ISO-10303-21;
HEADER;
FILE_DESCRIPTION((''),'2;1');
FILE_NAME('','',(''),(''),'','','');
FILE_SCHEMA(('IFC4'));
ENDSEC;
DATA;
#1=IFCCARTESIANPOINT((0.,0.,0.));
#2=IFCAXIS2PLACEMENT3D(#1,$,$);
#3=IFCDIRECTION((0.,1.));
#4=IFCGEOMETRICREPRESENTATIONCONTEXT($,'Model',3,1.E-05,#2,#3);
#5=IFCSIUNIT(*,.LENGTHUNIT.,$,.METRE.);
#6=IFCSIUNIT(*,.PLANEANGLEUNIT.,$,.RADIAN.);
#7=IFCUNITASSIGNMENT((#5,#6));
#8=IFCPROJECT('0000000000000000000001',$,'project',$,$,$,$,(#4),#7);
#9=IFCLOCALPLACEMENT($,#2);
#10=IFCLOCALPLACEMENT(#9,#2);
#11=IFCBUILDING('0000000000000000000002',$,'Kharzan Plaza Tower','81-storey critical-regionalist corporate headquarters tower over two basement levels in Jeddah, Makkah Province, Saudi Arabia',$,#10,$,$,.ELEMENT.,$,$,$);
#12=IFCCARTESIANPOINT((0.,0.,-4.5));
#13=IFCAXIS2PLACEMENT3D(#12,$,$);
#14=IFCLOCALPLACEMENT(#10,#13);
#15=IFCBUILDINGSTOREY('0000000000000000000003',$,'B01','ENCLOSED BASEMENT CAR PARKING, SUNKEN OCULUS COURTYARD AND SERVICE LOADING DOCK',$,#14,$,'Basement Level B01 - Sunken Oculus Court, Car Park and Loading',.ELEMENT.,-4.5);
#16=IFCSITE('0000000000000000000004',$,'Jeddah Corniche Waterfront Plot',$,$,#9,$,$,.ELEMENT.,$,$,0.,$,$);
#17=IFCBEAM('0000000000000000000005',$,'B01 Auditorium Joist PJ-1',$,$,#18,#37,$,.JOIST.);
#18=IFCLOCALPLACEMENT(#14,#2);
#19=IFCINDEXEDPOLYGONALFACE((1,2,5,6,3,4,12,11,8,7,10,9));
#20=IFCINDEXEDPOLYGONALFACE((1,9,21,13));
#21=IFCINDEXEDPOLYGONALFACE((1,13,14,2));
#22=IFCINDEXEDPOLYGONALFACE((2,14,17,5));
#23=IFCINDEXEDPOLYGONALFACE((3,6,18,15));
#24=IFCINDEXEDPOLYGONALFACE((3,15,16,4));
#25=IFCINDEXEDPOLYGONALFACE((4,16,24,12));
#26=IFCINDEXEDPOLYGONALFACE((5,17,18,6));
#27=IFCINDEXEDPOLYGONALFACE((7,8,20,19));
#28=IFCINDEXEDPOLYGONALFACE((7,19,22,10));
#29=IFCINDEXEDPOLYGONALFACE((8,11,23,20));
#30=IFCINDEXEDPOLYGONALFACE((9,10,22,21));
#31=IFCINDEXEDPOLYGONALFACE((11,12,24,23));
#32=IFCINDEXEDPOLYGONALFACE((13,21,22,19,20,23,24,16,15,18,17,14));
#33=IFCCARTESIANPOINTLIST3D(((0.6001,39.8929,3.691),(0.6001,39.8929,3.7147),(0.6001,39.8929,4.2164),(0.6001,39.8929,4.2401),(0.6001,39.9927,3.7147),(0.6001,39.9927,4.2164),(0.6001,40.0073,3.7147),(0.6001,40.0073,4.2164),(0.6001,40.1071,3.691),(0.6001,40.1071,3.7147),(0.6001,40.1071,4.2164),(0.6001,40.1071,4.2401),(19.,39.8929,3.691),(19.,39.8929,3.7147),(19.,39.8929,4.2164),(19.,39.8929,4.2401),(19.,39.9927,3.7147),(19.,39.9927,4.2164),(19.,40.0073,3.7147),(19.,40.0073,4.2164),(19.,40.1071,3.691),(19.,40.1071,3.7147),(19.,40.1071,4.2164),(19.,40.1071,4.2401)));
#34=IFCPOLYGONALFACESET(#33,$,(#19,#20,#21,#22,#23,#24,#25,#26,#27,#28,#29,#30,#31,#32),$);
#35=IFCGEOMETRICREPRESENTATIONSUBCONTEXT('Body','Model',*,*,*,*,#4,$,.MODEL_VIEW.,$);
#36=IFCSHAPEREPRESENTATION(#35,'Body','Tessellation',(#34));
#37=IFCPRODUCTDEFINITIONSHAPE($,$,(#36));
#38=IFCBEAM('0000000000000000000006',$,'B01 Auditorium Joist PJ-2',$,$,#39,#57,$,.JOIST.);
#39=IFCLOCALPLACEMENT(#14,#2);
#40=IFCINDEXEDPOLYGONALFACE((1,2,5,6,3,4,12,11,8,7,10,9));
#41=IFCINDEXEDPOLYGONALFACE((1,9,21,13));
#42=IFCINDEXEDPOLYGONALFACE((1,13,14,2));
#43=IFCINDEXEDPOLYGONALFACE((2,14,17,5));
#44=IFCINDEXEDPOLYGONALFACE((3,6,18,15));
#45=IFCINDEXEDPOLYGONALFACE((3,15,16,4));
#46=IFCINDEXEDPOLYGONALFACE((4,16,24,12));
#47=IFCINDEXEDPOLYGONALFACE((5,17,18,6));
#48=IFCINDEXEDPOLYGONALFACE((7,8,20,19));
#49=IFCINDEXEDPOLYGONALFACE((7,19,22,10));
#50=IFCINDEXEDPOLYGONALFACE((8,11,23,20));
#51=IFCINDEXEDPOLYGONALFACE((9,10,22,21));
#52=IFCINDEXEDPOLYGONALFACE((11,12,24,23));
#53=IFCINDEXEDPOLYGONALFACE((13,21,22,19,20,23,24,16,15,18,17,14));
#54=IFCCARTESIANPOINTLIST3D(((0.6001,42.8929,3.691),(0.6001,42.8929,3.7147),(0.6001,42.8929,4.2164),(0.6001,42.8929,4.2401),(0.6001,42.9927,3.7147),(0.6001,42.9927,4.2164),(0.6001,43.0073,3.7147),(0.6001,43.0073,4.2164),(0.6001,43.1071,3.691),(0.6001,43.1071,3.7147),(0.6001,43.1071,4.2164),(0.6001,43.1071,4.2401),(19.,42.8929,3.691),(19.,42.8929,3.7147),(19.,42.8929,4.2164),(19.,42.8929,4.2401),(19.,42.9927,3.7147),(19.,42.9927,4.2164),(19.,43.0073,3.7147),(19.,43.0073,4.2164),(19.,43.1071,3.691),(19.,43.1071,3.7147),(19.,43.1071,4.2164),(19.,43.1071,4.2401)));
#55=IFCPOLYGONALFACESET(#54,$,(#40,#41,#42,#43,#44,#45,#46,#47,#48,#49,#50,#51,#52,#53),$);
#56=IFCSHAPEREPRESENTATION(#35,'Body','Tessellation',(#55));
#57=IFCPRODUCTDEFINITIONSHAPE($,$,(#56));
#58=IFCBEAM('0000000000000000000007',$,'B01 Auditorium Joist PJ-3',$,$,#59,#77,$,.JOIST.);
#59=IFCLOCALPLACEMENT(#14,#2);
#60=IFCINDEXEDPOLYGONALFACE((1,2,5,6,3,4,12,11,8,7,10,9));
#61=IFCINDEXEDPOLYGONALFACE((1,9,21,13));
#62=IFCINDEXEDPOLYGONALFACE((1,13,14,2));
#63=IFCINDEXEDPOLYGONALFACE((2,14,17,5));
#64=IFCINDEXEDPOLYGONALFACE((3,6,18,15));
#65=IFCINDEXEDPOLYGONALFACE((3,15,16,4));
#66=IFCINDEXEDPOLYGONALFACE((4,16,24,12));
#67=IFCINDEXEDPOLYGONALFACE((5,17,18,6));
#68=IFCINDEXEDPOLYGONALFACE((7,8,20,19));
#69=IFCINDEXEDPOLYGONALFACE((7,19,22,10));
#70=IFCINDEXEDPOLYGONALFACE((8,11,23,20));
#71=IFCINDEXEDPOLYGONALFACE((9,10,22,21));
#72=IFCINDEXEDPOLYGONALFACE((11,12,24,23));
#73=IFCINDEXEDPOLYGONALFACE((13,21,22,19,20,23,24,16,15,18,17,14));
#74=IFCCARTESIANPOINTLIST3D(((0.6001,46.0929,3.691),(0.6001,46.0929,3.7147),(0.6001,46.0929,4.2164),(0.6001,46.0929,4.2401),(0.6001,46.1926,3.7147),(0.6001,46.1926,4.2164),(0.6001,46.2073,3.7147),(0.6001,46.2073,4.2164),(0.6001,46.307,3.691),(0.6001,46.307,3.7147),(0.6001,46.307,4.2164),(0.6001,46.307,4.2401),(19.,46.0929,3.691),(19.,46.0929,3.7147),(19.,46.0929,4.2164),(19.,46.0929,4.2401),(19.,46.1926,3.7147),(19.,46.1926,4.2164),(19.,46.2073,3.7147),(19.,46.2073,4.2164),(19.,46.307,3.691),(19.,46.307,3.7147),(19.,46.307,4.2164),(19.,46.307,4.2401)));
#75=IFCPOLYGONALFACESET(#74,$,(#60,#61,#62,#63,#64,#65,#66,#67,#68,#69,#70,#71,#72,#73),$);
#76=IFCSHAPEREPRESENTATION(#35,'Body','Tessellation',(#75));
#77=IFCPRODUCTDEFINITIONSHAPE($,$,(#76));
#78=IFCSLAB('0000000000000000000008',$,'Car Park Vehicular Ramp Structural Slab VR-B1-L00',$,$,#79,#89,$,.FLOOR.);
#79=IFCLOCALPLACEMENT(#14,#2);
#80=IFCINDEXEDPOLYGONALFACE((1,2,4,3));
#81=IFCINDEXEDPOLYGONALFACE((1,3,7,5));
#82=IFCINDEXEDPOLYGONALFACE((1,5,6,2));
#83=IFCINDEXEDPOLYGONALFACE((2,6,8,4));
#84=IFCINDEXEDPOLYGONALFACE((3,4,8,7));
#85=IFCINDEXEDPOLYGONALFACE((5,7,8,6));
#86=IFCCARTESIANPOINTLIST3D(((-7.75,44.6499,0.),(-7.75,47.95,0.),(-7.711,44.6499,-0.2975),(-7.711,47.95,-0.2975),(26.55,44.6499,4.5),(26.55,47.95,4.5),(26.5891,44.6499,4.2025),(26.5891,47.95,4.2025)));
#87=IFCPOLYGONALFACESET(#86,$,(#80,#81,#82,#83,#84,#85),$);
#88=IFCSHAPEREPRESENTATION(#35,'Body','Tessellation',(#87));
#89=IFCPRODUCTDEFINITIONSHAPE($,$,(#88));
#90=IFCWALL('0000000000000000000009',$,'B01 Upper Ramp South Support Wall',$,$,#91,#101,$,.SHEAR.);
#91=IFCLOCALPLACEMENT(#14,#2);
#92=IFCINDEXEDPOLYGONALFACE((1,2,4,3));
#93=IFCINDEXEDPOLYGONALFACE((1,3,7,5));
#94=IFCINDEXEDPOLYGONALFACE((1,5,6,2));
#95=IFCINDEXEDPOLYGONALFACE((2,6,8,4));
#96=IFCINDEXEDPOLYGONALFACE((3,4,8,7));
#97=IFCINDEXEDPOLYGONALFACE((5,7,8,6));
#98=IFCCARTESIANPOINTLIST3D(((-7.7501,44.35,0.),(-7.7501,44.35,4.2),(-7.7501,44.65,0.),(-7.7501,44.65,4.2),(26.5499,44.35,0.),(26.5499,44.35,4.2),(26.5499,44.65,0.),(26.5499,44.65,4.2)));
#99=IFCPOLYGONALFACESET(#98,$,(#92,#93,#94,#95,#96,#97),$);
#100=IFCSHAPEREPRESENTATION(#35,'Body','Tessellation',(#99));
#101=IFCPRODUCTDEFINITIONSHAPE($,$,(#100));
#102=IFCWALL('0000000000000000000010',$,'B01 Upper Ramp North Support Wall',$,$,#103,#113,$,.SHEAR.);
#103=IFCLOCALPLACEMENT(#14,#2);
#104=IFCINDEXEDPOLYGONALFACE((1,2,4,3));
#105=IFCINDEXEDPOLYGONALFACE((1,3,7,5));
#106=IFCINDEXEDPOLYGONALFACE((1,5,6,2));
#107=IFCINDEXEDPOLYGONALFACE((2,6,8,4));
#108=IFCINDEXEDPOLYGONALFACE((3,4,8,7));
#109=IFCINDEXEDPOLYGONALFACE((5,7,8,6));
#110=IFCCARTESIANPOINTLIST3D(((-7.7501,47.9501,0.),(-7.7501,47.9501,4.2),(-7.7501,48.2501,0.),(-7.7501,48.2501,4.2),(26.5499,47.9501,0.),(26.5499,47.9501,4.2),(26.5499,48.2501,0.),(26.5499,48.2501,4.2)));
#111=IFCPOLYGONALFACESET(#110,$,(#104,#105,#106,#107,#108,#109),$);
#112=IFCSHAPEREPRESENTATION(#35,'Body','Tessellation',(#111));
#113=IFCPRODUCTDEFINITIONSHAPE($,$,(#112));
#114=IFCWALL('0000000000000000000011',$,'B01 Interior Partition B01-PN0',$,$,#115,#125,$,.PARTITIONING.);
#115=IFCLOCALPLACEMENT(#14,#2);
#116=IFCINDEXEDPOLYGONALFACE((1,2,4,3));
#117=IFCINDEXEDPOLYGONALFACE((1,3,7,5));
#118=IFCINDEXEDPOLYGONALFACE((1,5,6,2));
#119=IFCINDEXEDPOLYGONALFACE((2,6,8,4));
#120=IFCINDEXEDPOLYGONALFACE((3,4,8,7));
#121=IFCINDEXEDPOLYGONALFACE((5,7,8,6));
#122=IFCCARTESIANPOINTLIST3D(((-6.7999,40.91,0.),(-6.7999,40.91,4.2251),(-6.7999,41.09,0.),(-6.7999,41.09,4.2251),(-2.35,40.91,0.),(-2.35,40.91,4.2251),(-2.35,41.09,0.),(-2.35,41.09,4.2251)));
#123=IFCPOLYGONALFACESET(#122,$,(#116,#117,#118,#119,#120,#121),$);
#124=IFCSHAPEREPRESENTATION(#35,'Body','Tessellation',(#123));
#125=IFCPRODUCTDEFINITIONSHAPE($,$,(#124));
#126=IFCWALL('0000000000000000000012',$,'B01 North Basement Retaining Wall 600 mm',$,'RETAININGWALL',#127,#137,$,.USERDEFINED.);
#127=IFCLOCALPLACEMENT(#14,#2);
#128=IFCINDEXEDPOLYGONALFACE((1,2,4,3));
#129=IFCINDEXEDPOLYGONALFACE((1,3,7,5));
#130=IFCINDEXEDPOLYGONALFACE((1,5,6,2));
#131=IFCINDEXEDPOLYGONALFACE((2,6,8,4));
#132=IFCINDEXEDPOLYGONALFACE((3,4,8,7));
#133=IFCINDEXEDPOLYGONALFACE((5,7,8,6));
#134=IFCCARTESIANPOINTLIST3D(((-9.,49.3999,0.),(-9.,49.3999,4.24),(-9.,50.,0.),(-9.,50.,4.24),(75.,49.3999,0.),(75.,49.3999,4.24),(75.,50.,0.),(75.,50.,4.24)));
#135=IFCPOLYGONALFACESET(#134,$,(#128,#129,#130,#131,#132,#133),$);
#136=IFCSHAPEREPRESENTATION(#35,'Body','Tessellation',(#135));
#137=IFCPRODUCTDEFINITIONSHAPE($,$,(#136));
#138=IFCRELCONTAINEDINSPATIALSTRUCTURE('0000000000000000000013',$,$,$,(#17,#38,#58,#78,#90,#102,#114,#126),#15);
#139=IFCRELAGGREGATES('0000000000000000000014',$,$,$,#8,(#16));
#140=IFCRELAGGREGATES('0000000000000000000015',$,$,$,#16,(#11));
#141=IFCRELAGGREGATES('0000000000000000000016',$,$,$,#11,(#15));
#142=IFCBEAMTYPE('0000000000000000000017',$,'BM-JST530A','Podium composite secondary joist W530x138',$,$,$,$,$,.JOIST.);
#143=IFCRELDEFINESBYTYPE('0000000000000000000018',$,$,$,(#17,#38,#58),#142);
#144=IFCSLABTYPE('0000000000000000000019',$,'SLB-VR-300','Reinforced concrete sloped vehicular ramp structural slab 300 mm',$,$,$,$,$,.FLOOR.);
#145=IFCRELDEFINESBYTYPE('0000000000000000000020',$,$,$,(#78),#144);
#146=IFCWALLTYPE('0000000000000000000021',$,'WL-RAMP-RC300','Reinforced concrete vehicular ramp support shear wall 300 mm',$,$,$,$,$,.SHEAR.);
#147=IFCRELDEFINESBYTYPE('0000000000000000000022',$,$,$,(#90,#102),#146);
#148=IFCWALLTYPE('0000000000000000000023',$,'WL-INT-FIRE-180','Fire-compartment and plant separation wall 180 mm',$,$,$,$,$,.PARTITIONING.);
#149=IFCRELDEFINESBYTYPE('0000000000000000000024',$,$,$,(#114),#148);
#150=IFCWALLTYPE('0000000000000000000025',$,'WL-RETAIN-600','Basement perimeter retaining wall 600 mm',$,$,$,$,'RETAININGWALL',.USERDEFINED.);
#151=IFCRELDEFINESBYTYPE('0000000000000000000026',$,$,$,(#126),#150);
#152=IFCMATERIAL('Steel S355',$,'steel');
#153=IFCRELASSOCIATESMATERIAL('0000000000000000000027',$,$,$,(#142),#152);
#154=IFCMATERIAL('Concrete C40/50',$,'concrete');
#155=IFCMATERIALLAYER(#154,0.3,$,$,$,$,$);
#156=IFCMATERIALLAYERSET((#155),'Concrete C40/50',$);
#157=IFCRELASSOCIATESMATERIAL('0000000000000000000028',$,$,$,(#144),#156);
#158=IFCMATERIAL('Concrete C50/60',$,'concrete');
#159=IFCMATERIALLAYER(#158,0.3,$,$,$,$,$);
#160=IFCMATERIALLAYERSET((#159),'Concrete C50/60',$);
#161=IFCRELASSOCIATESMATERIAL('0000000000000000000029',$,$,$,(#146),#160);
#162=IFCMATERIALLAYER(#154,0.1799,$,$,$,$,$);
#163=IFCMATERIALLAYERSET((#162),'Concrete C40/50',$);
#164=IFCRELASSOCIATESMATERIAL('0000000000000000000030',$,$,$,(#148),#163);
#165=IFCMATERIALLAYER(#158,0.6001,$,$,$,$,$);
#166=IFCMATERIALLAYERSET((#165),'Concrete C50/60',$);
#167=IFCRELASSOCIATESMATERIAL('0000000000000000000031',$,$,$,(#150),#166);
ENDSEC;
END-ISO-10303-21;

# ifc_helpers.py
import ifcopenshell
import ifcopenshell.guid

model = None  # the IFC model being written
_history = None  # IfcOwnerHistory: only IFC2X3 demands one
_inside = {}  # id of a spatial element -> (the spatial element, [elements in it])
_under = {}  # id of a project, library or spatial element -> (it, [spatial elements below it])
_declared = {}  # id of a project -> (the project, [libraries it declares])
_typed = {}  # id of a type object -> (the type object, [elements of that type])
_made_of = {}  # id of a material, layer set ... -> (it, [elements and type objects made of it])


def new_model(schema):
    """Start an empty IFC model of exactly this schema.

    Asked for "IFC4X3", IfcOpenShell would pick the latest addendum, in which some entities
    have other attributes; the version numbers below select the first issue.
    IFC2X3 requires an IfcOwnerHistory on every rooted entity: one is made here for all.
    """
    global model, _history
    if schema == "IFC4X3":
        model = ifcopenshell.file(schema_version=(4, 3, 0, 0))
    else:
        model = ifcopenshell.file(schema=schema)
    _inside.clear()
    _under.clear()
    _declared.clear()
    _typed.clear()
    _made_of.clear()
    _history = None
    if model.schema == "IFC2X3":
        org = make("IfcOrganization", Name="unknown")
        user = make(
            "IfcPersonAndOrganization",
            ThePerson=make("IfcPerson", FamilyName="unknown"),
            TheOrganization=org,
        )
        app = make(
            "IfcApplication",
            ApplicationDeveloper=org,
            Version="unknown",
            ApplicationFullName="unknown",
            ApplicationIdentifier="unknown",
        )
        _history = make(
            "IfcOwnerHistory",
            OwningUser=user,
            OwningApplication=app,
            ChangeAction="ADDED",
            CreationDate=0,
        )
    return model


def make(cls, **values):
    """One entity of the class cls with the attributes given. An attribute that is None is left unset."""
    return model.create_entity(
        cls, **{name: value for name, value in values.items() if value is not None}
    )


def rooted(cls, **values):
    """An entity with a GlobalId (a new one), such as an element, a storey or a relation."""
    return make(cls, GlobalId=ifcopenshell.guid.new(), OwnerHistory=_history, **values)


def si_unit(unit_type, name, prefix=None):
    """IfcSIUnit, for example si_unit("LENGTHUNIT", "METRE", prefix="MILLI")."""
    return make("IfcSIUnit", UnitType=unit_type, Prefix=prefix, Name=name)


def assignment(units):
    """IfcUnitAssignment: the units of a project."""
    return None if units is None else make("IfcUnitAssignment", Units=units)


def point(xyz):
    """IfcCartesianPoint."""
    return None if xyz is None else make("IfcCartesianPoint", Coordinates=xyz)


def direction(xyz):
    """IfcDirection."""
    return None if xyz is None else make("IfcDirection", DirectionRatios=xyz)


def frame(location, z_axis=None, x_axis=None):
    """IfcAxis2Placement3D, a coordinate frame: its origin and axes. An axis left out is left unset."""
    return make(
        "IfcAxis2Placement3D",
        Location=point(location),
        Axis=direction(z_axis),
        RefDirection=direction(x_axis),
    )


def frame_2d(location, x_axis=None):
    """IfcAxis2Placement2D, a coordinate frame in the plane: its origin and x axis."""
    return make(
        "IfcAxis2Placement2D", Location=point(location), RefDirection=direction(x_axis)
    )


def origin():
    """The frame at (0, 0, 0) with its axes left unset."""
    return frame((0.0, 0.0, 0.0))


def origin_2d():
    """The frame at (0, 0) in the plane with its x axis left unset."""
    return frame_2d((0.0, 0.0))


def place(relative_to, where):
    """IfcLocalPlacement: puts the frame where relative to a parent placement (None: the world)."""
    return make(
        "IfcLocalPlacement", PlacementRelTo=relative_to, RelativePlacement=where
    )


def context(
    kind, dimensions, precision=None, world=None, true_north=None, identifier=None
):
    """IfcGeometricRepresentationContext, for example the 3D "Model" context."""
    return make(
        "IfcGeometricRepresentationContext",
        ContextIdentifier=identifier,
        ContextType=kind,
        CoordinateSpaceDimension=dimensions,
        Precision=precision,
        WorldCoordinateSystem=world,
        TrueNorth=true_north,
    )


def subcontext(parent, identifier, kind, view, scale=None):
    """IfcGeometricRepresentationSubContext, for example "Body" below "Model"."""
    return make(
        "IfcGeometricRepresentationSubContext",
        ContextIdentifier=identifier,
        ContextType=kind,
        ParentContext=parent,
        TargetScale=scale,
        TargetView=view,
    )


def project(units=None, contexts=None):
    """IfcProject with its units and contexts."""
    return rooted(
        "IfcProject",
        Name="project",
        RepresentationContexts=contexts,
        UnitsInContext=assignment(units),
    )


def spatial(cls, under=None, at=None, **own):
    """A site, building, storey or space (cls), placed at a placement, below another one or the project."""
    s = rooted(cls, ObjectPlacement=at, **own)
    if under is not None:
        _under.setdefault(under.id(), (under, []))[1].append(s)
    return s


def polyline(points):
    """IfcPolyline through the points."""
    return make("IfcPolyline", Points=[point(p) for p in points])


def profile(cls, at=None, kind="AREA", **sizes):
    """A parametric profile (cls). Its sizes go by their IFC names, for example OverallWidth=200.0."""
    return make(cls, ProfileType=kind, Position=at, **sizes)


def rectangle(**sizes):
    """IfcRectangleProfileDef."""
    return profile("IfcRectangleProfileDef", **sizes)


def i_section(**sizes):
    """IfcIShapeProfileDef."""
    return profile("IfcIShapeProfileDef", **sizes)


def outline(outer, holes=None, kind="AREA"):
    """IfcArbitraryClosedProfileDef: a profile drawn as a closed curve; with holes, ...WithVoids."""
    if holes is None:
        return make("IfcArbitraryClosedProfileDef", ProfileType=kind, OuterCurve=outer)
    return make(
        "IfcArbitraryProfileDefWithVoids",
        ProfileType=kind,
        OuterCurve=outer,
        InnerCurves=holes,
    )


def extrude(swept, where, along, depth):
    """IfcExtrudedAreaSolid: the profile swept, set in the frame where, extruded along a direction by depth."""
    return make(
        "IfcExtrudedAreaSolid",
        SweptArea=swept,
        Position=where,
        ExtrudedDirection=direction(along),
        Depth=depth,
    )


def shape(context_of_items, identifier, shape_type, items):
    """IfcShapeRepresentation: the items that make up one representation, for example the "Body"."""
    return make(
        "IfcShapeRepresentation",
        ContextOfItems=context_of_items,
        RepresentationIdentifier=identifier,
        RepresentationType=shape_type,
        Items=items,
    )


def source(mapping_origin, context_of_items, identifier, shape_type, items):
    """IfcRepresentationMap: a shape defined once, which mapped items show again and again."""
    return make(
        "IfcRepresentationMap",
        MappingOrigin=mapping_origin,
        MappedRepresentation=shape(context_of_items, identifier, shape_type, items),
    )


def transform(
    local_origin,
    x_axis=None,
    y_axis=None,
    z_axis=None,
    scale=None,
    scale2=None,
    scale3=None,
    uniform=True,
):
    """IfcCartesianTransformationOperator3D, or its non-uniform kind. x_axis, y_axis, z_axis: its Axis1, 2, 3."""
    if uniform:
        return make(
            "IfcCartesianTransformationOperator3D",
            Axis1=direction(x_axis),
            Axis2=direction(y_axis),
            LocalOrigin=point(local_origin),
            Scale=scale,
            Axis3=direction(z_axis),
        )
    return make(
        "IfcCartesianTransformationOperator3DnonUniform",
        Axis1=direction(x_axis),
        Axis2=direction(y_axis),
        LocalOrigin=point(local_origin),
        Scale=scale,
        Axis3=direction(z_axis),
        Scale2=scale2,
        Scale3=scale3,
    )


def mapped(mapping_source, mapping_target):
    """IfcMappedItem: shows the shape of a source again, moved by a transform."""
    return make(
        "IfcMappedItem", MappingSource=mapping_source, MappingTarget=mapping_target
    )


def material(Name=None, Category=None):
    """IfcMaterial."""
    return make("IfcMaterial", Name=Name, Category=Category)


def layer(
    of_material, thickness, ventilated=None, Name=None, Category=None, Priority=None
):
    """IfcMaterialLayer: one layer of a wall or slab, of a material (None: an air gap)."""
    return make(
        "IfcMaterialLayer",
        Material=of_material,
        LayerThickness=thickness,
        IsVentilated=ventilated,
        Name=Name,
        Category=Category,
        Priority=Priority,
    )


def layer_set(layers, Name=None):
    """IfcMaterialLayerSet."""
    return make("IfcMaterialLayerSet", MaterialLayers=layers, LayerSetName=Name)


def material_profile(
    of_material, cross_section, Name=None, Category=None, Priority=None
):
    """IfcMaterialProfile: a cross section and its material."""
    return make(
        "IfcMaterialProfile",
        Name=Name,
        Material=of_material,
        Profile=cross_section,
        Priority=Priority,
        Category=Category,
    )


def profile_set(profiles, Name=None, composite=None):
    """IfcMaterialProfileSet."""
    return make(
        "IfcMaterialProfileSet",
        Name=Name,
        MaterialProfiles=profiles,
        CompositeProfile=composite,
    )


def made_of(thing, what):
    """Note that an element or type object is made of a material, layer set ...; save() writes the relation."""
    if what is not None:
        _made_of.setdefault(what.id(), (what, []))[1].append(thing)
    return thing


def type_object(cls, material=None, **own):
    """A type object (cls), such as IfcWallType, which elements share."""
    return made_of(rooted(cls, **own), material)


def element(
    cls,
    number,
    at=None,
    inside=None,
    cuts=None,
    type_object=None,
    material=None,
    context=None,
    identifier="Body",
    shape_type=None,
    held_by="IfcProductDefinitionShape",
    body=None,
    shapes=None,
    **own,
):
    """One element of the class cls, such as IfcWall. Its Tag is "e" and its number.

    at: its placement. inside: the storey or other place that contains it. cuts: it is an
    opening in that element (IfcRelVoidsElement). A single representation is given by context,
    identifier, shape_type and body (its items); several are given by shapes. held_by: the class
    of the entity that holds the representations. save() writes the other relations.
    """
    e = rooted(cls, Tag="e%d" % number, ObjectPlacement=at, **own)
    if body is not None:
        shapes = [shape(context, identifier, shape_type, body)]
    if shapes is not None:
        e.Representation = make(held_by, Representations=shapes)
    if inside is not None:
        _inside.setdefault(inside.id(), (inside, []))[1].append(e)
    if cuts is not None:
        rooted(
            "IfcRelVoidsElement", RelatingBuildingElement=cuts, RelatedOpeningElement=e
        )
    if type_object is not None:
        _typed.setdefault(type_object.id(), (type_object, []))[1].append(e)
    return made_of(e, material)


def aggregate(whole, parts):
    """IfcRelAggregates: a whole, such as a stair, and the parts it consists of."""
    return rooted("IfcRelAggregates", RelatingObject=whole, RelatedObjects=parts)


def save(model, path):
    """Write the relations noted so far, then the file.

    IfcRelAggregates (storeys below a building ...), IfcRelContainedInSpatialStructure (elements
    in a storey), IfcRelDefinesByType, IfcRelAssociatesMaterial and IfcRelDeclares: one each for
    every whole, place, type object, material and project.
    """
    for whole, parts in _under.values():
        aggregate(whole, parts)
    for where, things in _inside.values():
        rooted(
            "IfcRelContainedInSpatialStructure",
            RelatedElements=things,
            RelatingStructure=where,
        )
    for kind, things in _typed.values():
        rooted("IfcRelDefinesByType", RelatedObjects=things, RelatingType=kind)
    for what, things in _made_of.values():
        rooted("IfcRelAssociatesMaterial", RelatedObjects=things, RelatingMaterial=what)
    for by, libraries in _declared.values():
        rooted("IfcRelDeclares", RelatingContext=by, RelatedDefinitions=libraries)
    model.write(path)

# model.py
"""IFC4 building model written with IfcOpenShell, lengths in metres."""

from ifc_helpers import new_model, si_unit, direction, frame, frame_2d, origin, origin_2d, place, context, subcontext, project, spatial, polyline, rectangle, i_section, outline, extrude, source, transform, mapped, material, layer, layer_set, material_profile, profile_set, type_object, element, save


model = new_model("IFC4")

# Units and contexts
model_context = context("Model", 3, precision=1e-05, world=origin(), true_north=direction((0.0, 1.0)))
body_context = subcontext(model_context, "Body", "Model", "MODEL_VIEW")
ifc_project = project(units=[si_unit("LENGTHUNIT", "METRE"), si_unit("PLANEANGLEUNIT", "RADIAN")], contexts=[model_context])

# Site, building, storey
site_placement = place(None, origin())
site = spatial("IfcSite", under=ifc_project, at=site_placement, Name="Jeddah Corniche Waterfront Plot", CompositionType="ELEMENT", RefElevation=0.0)
building_placement = place(site_placement, origin())
building = spatial("IfcBuilding", under=site, at=building_placement, Name="Kharzan Plaza Tower", Description="81-storey critical-regionalist corporate headquarters tower over two basement levels in Jeddah, Makkah Province, Saudi Arabia", CompositionType="ELEMENT")
storey_placement = place(building_placement, frame((0.0, 0.0, -4.5)))
storey = spatial("IfcBuildingStorey", under=building, at=storey_placement, Name="B01", Description="ENCLOSED BASEMENT CAR PARKING, SUNKEN OCULUS COURTYARD AND SERVICE LOADING DOCK", LongName="Basement Level B01 - Sunken Oculus Court, Car Park and Loading", CompositionType="ELEMENT", Elevation=-4.5)

# Beams
ifc_material_1 = material(Name="Steel S355", Category="steel")
ifc_material_profile_1 = material_profile(ifc_material_1, i_section(OverallWidth=0.2141, OverallDepth=0.5491, WebThickness=0.0146, FlangeThickness=0.0237, at=origin_2d()), Name="W530x138")
ifc_profile_set_1 = profile_set([ifc_material_profile_1], Name="Steel S355")
beam_type_1 = type_object("IfcBeamType", Name="BM-JST530A", Description="Podium composite secondary joist W530x138", PredefinedType="JOIST", material=ifc_profile_set_1)
shared_shape_1 = source(origin(), body_context, "Body", "SweptSolid", [
    extrude(i_section(OverallWidth=0.2141, OverallDepth=0.5491, WebThickness=0.0146, FlangeThickness=0.0237, at=origin_2d()), origin(), (0.0, 0.0, 1.0), 18.3999),
])
for number, where, z_axis, x_axis, name in (
    (1, (0.6001, 40.0, 3.9656), (1.0, 0.0, 0.0), (0.0, 1.0, 0.0), "B01 Auditorium Joist PJ-1"),
    (2, (0.6001, 43.0, 3.9656), (1.0, 0.0, 0.0), (0.0, 1.0, 0.0), "B01 Auditorium Joist PJ-2"),
    (3, (0.6001, 46.2, 3.9656), (1.0, 0.0, 0.0), (0.0, 1.0, 0.0), "B01 Auditorium Joist PJ-3"),
):
    element("IfcBeam", number, at=place(storey_placement, frame(where, z_axis=z_axis, x_axis=x_axis)), inside=storey, type_object=beam_type_1, Name=name, PredefinedType="JOIST", context=body_context, shape_type="MappedRepresentation", body=[
        mapped(shared_shape_1, transform((0.0, 0.0, 0.0), x_axis=(1.0, 0.0, 0.0), y_axis=(0.0, 1.0, 0.0), z_axis=(0.0, 0.0, 1.0))),
    ])

# Slab
ifc_material_2 = material(Name="Concrete C40/50", Category="concrete")
ifc_layer_1 = layer(ifc_material_2, 0.3)
ifc_layer_set_1 = layer_set([ifc_layer_1], Name="Concrete C40/50")
slab_type = type_object("IfcSlabType", Name="SLB-VR-300", Description="Reinforced concrete sloped vehicular ramp structural slab 300 mm", PredefinedType="FLOOR", material=ifc_layer_set_1)
slab_placement = place(storey_placement, frame((-7.75, 44.6499, 0.0), z_axis=(-0.13008, 0.0, 0.991503), x_axis=(0.991503, 0.0, 0.13008)))
element("IfcSlab", 4, at=slab_placement, inside=storey, type_object=slab_type, Name="Car Park Vehicular Ramp Structural Slab VR-B1-L00", PredefinedType="FLOOR", context=body_context, shape_type="SweptSolid", body=[
    extrude(outline(polyline([(0.0, 0.0), (34.594, 0.0), (34.594, 3.3), (0.0, 3.3), (0.0, 0.0)])), origin(), (0.0, 0.0, -1.0), 0.3),
])

# Walls
ifc_material_3 = material(Name="Concrete C50/60", Category="concrete")
ifc_layer_2 = layer(ifc_material_3, 0.3)
ifc_layer_set_2 = layer_set([ifc_layer_2], Name="Concrete C50/60")
wall_type_1 = type_object("IfcWallType", Name="WL-RAMP-RC300", Description="Reinforced concrete vehicular ramp support shear wall 300 mm", PredefinedType="SHEAR", material=ifc_layer_set_2)
shared_shape_2 = source(origin(), body_context, "Body", "SweptSolid", [
    extrude(rectangle(XDim=34.3, YDim=0.3, at=frame_2d((17.1499, 0.0))), origin(), (0.0, 0.0, 1.0), 4.2),
])
for number, where, z_axis, x_axis, name in (
    (5, (-7.75, 44.5, 0.0), (0.0, 0.0, 1.0), (1.0, 0.0, 0.0), "B01 Upper Ramp South Support Wall"),
    (6, (-7.75, 48.1001, 0.0), (0.0, 0.0, 1.0), (1.0, 0.0, 0.0), "B01 Upper Ramp North Support Wall"),
):
    element("IfcWall", number, at=place(storey_placement, frame(where, z_axis=z_axis, x_axis=x_axis)), inside=storey, type_object=wall_type_1, Name=name, PredefinedType="SHEAR", context=body_context, shape_type="MappedRepresentation", body=[
        mapped(shared_shape_2, transform((0.0, 0.0, 0.0), x_axis=(1.0, 0.0, 0.0), y_axis=(0.0, 1.0, 0.0), z_axis=(0.0, 0.0, 1.0))),
    ])
ifc_layer_3 = layer(ifc_material_2, 0.1799)
ifc_layer_set_3 = layer_set([ifc_layer_3], Name="Concrete C40/50")
wall_type_2 = type_object("IfcWallType", Name="WL-INT-FIRE-180", Description="Fire-compartment and plant separation wall 180 mm", PredefinedType="PARTITIONING", material=ifc_layer_set_3)
shared_shape_3 = source(origin(), body_context, "Body", "SweptSolid", [
    extrude(rectangle(XDim=4.45, YDim=0.1799, at=frame_2d((2.2251, 0.0))), origin(), (0.0, 0.0, 1.0), 4.2251),
])
wall_1_placement = place(storey_placement, frame((-6.8, 41.0, 0.0), z_axis=(0.0, 0.0, 1.0), x_axis=(1.0, 0.0, 0.0)))
element("IfcWall", 7, at=wall_1_placement, inside=storey, type_object=wall_type_2, Name="B01 Interior Partition B01-PN0", PredefinedType="PARTITIONING", context=body_context, shape_type="MappedRepresentation", body=[
    mapped(shared_shape_3, transform((0.0, 0.0, 0.0), x_axis=(1.0, 0.0, 0.0), y_axis=(0.0, 1.0, 0.0), z_axis=(0.0, 0.0, 1.0))),
])
ifc_layer_4 = layer(ifc_material_3, 0.6001)
ifc_layer_set_4 = layer_set([ifc_layer_4], Name="Concrete C50/60")
wall_type_3 = type_object("IfcWallType", Name="WL-RETAIN-600", Description="Basement perimeter retaining wall 600 mm", ElementType="RETAININGWALL", PredefinedType="USERDEFINED", material=ifc_layer_set_4)
shared_shape_4 = source(origin(), body_context, "Body", "SweptSolid", [
    extrude(rectangle(XDim=84.0, YDim=0.6001, at=frame_2d((42.0, 0.0))), origin(), (0.0, 0.0, 1.0), 4.24),
])
wall_2_placement = place(storey_placement, frame((-9.0, 49.7, 0.0), z_axis=(0.0, 0.0, 1.0), x_axis=(1.0, 0.0, 0.0)))
element("IfcWall", 8, at=wall_2_placement, inside=storey, type_object=wall_type_3, Name="B01 North Basement Retaining Wall 600 mm", ObjectType="RETAININGWALL", PredefinedType="USERDEFINED", context=body_context, shape_type="MappedRepresentation", body=[
    mapped(shared_shape_4, transform((0.0, 0.0, 0.0), x_axis=(1.0, 0.0, 0.0), y_axis=(0.0, 1.0, 0.0), z_axis=(0.0, 0.0, 1.0))),
])

save(model, "model.ifc")
